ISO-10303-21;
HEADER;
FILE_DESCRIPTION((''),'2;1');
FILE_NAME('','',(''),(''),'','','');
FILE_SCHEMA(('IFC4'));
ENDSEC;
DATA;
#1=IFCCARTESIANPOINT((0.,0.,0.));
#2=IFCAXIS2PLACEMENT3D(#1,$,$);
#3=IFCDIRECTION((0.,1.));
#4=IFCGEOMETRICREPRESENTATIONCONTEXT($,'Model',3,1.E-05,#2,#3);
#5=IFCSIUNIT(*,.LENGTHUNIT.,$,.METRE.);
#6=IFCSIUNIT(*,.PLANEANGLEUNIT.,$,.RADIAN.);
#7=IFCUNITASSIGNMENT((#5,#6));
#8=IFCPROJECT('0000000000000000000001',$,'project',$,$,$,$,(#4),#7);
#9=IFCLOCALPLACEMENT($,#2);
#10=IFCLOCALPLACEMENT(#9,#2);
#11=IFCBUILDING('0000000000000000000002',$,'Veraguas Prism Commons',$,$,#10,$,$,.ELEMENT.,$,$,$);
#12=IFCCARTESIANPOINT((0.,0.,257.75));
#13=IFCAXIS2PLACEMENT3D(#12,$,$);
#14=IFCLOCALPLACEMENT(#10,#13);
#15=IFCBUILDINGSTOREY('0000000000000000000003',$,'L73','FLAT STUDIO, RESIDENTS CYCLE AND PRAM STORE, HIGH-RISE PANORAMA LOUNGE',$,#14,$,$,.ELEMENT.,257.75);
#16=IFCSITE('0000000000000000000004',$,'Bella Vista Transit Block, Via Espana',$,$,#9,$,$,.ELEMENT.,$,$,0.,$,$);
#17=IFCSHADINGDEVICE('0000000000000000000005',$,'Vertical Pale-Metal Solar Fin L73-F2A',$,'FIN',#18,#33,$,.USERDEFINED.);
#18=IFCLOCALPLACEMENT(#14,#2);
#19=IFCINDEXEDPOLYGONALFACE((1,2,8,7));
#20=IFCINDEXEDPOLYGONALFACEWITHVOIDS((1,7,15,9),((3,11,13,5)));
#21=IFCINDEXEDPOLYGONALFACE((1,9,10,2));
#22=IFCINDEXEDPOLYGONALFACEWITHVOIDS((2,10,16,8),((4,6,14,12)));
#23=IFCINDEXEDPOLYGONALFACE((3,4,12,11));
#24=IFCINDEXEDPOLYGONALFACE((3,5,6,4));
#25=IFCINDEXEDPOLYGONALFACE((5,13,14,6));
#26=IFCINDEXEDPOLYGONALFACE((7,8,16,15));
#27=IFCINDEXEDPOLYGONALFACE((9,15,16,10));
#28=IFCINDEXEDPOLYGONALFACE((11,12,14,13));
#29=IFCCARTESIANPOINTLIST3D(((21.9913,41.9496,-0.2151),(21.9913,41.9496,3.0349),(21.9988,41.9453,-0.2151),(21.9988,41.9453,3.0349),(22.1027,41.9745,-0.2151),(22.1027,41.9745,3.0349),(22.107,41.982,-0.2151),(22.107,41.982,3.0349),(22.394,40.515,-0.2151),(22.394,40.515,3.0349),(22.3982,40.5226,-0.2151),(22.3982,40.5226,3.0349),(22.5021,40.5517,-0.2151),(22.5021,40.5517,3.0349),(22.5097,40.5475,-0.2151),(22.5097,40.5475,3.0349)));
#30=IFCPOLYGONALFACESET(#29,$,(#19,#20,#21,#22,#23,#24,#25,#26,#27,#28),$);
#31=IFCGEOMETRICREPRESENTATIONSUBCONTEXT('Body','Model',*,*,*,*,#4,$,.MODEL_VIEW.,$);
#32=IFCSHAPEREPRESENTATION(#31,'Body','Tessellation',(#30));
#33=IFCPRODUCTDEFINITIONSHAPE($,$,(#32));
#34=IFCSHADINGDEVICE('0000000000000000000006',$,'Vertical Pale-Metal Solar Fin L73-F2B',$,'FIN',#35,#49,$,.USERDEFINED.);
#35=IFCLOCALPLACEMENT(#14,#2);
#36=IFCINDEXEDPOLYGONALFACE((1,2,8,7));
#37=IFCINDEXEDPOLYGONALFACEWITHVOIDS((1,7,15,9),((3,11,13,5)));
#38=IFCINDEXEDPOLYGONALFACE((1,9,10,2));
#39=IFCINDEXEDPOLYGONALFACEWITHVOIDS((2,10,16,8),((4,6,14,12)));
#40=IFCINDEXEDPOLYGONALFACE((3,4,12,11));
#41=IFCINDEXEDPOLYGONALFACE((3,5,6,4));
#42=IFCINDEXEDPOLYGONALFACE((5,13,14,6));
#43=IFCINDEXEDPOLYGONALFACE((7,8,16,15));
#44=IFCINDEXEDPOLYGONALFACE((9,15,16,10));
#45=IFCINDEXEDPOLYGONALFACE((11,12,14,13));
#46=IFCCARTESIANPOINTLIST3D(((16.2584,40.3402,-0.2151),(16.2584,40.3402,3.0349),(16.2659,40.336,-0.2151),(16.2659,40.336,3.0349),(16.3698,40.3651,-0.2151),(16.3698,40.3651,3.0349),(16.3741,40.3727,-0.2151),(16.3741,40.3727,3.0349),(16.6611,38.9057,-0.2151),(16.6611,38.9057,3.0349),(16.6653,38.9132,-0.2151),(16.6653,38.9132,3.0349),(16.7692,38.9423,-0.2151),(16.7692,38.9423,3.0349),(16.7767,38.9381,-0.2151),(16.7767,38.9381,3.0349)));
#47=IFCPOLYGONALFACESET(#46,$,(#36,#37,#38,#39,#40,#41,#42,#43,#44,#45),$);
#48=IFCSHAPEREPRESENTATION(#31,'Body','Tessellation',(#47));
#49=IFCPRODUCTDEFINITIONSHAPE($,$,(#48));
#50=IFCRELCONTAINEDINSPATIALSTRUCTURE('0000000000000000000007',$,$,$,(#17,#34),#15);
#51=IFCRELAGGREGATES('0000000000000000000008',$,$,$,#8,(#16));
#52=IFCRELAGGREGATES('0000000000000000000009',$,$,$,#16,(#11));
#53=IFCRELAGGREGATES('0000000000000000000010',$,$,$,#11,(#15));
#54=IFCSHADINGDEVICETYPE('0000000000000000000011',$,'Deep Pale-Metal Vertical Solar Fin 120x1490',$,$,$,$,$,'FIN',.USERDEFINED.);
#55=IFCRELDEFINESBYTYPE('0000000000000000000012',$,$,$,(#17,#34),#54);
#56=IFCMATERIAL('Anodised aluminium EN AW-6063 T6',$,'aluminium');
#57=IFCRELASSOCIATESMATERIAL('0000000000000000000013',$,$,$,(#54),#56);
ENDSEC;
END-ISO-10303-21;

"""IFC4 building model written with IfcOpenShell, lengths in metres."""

from ifc_helpers import new_model, si_unit, direction, frame, origin, origin_2d, place, context, subcontext, project, spatial, hollow_rectangle, extrude, material, material_profile, profile_set, type_object, element, save


model = new_model("IFC4")

# Units and contexts
model_context = context("Model", 3, precision=1e-05, world=origin(), true_north=direction((0.0, 1.0)))
body_context = subcontext(model_context, "Body", "Model", "MODEL_VIEW")
ifc_project = project(units=[si_unit("LENGTHUNIT", "METRE"), si_unit("PLANEANGLEUNIT", "RADIAN")], contexts=[model_context])

# Site, building, storey
site_placement = place(None, origin())
site = spatial("IfcSite", under=ifc_project, at=site_placement, Name="Bella Vista Transit Block, Via Espana", CompositionType="ELEMENT", RefElevation=0.0)
building_placement = place(site_placement, origin())
building = spatial("IfcBuilding", under=site, at=building_placement, Name="Veraguas Prism Commons", CompositionType="ELEMENT")
storey_placement = place(building_placement, frame((0.0, 0.0, 257.75)))
storey = spatial("IfcBuildingStorey", under=building, at=storey_placement, Name="L73", Description="FLAT STUDIO, RESIDENTS CYCLE AND PRAM STORE, HIGH-RISE PANORAMA LOUNGE", CompositionType="ELEMENT", Elevation=257.75)

# Shared definitions
ifc_material_1 = material(Name="Anodised aluminium EN AW-6063 T6", Category="aluminium")

# Shading devices
ifc_material_profile_1 = material_profile(ifc_material_1, hollow_rectangle(XDim=0.1201, YDim=1.49, WallThickness=0.0061, at=origin_2d()), Name="FIN120X1490X6")
ifc_profile_set_1 = profile_set([ifc_material_profile_1], Name="Anodised aluminium EN AW-6063 T6")
shading_device_type = type_object("IfcShadingDeviceType", Name="Deep Pale-Metal Vertical Solar Fin 120x1490", ElementType="FIN", PredefinedType="USERDEFINED", material=ifc_profile_set_1)
for number, where, z_axis, x_axis, name in (
    (1, (22.2505, 41.2485, -0.2151), (0.0, 0.0, 1.0), (-0.962785, -0.270268, 0.0), "Vertical Pale-Metal Solar Fin L73-F2A"),
    (2, (16.5176, 39.6392, -0.2151), (0.0, 0.0, 1.0), (-0.962785, -0.270268, 0.0), "Vertical Pale-Metal Solar Fin L73-F2B"),
):
    element("IfcShadingDevice", number, at=place(storey_placement, frame(where, z_axis=z_axis, x_axis=x_axis)), inside=storey, type_object=shading_device_type, Name=name, ObjectType="FIN", PredefinedType="USERDEFINED", context=body_context, shape_type="SweptSolid", body=[
        extrude(hollow_rectangle(XDim=0.1201, YDim=1.49, WallThickness=0.0061, at=origin_2d()), origin(), (0.0, 0.0, 1.0), 3.25),
    ])

save(model, "model.ifc")
